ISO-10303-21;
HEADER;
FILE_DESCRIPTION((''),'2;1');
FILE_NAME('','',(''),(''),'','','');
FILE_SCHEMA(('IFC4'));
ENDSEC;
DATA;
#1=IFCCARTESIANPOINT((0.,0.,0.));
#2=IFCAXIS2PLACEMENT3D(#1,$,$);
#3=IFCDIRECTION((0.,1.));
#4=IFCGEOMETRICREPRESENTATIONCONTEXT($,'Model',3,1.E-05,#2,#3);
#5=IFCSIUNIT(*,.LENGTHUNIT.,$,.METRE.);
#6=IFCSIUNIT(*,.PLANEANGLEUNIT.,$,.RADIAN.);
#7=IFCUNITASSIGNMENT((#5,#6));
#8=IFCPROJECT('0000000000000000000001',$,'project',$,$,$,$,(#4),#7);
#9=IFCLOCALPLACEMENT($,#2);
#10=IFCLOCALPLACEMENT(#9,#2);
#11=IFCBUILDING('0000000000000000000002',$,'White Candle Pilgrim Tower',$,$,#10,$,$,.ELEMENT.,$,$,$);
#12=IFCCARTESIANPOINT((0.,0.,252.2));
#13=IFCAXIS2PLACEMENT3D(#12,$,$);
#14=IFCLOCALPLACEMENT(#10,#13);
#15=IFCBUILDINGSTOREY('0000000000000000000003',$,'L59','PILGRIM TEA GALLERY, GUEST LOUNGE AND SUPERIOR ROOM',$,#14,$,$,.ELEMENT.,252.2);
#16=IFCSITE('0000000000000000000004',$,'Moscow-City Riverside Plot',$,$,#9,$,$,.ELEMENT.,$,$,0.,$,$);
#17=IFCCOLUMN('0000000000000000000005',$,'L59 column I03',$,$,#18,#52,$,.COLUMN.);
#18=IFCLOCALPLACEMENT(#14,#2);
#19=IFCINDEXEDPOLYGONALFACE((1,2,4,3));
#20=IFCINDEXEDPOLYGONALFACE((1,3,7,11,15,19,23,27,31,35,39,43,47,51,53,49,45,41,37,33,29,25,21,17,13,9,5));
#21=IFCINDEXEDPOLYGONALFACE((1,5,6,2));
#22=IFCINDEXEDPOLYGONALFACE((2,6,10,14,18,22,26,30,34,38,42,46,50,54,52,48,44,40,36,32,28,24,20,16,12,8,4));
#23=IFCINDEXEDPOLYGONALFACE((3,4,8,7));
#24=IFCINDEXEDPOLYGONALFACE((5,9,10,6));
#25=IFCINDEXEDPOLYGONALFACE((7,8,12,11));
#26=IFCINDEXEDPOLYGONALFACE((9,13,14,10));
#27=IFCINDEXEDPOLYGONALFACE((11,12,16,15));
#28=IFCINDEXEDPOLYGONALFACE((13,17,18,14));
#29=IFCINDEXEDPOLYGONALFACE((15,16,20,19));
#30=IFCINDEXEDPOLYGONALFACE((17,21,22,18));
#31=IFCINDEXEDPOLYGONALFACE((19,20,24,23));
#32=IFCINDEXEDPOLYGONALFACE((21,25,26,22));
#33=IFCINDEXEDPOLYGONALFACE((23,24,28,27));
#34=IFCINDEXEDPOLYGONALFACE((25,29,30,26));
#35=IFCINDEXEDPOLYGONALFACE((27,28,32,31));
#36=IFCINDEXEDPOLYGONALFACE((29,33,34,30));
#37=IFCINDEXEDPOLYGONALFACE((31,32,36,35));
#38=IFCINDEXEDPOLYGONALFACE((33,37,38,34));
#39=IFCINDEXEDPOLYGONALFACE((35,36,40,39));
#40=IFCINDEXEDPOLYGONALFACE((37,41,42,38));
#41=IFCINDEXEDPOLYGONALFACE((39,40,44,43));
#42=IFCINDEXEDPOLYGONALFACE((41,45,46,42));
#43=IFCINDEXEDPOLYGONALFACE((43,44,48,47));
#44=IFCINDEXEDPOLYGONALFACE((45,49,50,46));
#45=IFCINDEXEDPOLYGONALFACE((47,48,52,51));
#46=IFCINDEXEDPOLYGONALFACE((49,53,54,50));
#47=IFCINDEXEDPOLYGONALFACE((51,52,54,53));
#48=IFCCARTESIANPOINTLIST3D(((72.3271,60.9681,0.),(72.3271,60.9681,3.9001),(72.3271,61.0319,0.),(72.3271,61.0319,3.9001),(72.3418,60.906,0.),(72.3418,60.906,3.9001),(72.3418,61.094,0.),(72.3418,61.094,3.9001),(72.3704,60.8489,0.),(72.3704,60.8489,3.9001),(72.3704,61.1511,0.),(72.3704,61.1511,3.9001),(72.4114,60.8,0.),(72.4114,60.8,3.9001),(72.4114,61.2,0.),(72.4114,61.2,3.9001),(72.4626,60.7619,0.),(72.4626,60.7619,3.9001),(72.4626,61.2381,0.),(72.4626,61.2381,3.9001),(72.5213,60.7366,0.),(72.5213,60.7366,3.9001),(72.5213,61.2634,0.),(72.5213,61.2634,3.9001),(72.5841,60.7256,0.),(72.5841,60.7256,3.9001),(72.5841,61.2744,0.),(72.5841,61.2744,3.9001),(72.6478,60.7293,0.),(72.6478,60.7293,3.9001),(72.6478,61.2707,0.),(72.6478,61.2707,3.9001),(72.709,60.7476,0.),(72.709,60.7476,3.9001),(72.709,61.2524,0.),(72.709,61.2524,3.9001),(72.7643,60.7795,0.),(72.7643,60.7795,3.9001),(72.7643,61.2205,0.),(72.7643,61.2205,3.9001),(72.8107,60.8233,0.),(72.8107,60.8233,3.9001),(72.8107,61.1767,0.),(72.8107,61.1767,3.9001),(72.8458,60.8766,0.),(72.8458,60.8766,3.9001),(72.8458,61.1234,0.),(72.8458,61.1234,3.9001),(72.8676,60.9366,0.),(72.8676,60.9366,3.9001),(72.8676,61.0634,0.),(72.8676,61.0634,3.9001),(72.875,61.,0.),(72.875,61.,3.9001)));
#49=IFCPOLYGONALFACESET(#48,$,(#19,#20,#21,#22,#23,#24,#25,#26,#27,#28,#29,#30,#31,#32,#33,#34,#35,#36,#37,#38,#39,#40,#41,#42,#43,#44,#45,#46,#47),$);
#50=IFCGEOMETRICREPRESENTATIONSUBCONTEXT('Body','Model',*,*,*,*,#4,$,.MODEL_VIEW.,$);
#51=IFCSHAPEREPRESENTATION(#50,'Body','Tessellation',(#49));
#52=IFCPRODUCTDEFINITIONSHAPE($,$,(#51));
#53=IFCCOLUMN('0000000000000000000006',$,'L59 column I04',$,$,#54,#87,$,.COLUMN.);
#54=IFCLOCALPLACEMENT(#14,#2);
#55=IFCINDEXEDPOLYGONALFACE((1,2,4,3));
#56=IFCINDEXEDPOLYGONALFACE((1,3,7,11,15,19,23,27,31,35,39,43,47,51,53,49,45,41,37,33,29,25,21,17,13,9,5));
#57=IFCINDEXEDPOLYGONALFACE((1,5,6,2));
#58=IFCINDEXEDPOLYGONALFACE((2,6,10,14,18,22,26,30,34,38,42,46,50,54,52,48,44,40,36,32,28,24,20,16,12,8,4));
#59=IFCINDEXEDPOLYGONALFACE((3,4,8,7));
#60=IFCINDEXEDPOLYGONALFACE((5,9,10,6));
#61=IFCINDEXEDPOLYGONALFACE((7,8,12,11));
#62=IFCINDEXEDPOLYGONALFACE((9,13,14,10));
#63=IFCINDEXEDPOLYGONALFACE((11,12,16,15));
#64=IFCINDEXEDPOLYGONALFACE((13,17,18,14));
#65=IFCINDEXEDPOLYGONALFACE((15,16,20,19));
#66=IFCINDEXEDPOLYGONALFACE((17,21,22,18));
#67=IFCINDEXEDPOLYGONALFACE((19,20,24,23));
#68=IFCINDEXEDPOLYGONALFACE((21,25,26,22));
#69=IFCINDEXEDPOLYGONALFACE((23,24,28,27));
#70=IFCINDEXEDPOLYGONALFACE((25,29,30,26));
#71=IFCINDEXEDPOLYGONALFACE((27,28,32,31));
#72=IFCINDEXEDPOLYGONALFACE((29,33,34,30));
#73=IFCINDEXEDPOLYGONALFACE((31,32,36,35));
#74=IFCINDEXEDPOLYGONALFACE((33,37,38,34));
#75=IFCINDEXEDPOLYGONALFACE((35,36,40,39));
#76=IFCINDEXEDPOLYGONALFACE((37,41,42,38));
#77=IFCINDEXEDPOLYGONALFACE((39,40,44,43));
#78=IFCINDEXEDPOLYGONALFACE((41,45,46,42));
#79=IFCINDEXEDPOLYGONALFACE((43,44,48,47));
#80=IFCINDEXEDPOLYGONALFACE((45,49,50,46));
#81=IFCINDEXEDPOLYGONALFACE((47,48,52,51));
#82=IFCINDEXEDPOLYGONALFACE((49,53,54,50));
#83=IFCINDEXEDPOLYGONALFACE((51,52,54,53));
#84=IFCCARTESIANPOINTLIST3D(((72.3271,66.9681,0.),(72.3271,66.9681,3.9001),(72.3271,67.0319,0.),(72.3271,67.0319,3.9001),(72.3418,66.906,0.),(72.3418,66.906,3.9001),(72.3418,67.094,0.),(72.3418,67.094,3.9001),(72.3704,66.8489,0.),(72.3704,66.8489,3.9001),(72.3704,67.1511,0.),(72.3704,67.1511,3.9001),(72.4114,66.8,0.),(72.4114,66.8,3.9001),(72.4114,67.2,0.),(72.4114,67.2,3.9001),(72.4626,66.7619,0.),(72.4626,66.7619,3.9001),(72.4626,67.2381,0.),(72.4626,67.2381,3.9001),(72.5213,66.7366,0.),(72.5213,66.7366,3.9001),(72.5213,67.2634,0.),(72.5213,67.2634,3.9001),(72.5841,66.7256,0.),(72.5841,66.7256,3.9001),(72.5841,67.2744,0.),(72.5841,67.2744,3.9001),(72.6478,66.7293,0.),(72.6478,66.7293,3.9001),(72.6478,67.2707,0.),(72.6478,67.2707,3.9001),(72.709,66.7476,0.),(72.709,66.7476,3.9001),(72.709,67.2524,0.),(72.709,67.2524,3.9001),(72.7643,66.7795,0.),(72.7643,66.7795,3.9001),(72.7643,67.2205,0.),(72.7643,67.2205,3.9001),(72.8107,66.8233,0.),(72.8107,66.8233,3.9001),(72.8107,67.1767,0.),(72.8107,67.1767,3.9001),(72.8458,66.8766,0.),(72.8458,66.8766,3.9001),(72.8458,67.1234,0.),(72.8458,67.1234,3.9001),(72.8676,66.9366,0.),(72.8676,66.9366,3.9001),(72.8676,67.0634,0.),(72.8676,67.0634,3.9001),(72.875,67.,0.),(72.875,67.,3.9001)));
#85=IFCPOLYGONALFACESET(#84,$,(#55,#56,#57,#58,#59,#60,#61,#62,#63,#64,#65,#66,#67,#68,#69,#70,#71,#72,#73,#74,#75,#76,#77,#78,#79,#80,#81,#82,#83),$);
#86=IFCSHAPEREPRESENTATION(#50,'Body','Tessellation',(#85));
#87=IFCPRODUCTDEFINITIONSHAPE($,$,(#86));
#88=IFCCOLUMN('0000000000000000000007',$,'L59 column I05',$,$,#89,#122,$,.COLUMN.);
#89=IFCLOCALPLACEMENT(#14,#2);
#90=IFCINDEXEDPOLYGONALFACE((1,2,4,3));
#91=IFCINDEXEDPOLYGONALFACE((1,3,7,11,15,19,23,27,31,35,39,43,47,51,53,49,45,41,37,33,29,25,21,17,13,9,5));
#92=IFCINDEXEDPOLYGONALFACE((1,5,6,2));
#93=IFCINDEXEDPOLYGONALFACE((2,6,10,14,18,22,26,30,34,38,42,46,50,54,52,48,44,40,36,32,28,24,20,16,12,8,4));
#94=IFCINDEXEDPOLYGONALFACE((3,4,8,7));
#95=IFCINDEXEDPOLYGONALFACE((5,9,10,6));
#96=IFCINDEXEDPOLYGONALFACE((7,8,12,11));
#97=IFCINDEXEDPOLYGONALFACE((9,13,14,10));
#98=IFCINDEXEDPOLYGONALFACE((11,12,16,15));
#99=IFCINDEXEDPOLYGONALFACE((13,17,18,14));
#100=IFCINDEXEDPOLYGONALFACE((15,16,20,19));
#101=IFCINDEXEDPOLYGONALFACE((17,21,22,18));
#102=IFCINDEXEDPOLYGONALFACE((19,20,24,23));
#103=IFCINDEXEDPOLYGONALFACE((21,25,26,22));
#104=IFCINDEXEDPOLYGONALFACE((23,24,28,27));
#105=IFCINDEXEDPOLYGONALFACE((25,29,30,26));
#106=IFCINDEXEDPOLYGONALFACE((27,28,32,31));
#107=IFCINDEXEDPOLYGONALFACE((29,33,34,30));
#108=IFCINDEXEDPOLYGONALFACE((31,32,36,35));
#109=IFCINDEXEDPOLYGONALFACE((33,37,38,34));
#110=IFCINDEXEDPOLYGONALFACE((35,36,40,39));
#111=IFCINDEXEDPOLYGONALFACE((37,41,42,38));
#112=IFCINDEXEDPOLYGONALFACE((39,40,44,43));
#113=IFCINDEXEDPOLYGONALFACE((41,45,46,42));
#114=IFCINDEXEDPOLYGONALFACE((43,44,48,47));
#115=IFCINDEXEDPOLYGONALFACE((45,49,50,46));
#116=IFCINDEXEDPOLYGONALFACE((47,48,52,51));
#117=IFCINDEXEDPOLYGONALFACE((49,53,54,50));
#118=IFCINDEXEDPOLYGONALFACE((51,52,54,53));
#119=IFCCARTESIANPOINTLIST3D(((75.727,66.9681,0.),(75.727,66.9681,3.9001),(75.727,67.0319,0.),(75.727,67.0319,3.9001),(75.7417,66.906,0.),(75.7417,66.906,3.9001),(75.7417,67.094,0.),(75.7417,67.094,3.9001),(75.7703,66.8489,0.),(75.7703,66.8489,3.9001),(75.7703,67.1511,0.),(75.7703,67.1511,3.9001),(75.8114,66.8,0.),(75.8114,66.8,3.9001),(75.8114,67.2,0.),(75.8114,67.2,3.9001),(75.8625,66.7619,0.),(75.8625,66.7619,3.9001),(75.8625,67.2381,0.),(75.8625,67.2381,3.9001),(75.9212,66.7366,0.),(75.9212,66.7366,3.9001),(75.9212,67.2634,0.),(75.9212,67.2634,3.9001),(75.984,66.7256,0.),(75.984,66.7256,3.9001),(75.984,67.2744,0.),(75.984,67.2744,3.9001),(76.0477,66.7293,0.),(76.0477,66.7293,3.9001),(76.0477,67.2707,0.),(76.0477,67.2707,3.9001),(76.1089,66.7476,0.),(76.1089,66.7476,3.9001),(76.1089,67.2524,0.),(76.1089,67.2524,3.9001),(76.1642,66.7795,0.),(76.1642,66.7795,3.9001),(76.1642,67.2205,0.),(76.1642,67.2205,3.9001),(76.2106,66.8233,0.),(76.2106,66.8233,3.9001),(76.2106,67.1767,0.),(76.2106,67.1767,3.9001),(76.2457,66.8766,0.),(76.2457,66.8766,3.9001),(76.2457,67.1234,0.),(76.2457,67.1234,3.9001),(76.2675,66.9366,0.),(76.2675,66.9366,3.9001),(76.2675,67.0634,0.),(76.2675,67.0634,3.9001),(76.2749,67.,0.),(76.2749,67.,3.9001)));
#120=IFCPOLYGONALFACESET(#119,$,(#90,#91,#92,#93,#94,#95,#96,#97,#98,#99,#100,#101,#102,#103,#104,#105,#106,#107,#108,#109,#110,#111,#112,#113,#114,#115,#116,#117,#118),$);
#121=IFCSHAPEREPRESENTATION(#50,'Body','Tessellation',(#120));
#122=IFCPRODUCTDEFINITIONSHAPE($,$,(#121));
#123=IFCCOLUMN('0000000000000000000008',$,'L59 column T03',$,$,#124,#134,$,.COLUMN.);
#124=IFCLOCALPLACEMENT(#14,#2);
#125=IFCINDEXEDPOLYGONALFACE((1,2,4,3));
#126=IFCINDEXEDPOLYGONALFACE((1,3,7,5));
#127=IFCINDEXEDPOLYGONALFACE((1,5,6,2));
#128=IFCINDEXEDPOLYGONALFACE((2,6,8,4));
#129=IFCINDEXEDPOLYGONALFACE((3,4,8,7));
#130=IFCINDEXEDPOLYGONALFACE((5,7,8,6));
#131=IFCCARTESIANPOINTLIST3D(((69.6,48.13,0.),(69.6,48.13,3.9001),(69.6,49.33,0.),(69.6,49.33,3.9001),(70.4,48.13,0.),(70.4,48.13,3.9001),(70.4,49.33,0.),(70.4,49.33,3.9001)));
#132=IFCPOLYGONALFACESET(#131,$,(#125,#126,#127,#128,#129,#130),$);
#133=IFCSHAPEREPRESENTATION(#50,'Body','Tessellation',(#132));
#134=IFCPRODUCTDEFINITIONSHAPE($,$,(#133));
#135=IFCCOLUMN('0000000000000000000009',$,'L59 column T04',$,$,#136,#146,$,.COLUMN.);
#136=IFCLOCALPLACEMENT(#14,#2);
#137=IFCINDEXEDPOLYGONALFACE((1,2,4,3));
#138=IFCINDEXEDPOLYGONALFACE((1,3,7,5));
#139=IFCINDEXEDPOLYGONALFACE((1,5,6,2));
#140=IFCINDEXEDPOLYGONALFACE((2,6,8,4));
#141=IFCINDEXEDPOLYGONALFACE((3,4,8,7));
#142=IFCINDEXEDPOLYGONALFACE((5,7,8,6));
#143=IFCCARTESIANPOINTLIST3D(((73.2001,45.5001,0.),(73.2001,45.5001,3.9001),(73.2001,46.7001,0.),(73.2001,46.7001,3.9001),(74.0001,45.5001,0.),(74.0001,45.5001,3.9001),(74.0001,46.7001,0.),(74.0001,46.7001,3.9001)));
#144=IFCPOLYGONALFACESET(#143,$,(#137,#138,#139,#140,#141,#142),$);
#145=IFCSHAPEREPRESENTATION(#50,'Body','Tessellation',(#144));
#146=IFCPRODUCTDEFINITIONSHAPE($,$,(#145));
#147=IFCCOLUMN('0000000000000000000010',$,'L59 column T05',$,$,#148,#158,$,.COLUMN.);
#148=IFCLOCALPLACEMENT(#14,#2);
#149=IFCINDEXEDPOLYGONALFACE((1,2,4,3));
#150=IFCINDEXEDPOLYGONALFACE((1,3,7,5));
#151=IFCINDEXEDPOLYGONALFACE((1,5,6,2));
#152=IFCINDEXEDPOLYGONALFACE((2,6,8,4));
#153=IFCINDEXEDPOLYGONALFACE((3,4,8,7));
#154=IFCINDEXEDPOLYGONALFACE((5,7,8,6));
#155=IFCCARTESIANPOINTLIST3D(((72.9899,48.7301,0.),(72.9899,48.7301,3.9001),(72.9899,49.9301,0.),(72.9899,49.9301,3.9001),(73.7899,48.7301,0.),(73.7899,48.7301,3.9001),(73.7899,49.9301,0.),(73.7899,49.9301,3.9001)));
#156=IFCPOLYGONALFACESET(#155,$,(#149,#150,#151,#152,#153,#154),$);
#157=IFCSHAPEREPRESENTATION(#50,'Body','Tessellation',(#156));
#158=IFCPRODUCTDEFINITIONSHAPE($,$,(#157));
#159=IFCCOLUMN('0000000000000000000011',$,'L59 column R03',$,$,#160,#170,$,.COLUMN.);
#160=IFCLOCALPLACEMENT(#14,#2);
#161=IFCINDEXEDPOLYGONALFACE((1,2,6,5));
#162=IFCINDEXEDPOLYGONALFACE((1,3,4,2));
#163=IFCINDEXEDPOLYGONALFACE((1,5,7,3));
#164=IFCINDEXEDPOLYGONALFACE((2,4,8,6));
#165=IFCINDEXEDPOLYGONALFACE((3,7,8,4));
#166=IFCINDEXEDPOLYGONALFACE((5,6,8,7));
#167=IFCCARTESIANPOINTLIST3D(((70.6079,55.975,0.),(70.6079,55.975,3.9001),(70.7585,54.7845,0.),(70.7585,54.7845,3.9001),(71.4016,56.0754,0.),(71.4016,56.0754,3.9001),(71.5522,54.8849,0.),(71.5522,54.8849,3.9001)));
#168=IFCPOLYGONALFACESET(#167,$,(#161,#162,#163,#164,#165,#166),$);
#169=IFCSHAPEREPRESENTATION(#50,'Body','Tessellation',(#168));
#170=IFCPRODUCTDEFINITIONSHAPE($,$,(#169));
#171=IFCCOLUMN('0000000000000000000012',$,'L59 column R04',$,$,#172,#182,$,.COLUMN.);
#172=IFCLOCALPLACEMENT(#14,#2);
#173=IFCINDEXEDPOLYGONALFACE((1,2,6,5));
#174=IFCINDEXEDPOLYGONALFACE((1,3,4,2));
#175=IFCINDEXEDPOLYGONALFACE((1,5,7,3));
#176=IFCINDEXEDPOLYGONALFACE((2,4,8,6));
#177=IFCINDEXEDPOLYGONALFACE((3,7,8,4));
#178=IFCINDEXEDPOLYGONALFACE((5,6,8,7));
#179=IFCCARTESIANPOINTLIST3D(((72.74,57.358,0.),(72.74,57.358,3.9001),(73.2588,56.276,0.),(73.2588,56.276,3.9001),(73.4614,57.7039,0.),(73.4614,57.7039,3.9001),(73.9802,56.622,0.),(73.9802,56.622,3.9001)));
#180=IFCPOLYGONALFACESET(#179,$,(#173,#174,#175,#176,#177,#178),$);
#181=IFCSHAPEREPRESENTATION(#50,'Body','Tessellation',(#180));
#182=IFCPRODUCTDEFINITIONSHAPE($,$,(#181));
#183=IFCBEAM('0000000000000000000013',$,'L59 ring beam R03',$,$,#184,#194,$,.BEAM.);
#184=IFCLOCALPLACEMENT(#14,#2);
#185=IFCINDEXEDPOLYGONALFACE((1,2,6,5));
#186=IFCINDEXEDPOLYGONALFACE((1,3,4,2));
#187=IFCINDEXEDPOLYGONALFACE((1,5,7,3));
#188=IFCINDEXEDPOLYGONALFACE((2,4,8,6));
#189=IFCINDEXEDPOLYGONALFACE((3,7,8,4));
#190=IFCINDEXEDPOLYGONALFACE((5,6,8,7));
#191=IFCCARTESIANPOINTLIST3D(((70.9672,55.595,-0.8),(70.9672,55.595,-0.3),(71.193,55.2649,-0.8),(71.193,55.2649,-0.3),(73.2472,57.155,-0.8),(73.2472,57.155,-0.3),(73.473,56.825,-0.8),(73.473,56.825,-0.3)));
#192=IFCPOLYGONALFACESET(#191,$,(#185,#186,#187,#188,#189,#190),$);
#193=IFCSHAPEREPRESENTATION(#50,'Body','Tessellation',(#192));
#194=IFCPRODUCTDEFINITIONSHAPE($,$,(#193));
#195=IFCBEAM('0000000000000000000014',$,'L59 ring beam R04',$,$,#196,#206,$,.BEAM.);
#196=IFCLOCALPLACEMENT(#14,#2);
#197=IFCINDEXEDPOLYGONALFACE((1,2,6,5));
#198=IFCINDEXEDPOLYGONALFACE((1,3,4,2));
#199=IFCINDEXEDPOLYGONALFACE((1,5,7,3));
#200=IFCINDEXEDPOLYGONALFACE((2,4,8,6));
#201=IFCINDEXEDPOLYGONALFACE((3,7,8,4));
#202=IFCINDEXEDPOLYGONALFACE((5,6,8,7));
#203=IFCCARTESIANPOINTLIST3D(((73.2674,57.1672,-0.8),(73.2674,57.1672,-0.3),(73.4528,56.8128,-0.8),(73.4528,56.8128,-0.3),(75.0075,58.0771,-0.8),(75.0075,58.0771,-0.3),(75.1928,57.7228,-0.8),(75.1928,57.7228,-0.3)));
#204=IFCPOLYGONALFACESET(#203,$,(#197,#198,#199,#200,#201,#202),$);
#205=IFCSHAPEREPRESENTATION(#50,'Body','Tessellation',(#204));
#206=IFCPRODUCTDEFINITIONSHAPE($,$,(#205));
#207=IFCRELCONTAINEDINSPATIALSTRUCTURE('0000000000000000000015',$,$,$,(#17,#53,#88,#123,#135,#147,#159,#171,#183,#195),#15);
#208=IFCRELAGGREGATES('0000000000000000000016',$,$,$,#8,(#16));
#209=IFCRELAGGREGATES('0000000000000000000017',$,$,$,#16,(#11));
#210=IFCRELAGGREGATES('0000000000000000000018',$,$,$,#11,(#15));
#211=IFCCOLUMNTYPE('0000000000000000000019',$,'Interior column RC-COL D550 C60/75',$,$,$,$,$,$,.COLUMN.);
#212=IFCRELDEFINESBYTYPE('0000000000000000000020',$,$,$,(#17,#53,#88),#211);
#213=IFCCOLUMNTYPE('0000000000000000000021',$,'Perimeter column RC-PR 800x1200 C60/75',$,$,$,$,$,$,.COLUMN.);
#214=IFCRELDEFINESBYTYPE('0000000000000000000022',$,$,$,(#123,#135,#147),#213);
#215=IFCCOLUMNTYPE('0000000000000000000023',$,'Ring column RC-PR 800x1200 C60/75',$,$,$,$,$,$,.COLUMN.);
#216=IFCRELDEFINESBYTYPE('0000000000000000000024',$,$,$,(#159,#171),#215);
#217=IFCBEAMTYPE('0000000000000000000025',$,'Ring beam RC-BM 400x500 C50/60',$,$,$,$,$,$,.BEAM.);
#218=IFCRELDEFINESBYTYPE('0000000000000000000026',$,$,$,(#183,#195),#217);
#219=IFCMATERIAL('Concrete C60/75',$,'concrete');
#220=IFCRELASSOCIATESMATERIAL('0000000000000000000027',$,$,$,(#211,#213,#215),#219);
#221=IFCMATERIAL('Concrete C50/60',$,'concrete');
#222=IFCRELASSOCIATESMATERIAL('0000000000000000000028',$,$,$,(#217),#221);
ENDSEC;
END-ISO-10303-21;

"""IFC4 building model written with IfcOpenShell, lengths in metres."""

from ifc_helpers import new_model, si_unit, direction, frame, origin, origin_2d, place, context, subcontext, project, spatial, rectangle, circle, extrude, material, material_profile, profile_set, type_object, element, save


model = new_model("IFC4")

# Units and contexts
model_context = context("Model", 3, precision=1e-05, world=origin(), true_north=direction((0.0, 1.0)))
body_context = subcontext(model_context, "Body", "Model", "MODEL_VIEW")
ifc_project = project(units=[si_unit("LENGTHUNIT", "METRE"), si_unit("PLANEANGLEUNIT", "RADIAN")], contexts=[model_context])

# Site, building, storey
site_placement = place(None, origin())
site = spatial("IfcSite", under=ifc_project, at=site_placement, Name="Moscow-City Riverside Plot", CompositionType="ELEMENT", RefElevation=0.0)
building_placement = place(site_placement, origin())
building = spatial("IfcBuilding", under=site, at=building_placement, Name="White Candle Pilgrim Tower", CompositionType="ELEMENT")
storey_placement = place(building_placement, frame((0.0, 0.0, 252.2)))
storey = spatial("IfcBuildingStorey", under=building, at=storey_placement, Name="L59", Description="PILGRIM TEA GALLERY, GUEST LOUNGE AND SUPERIOR ROOM", CompositionType="ELEMENT", Elevation=252.2)

# Columns
ifc_material_1 = material(Name="Concrete C60/75", Category="concrete")
ifc_material_profile_1 = material_profile(ifc_material_1, circle(Radius=0.2749, at=origin_2d()), Name="RC-COL D550")
ifc_profile_set_1 = profile_set([ifc_material_profile_1], Name="Concrete C60/75")
column_type_1 = type_object("IfcColumnType", Name="Interior column RC-COL D550 C60/75", PredefinedType="COLUMN", material=ifc_profile_set_1)
for number, where, z_axis, x_axis, name in (
    (1, (72.6001, 61.0, 0.0), (0.0, 0.0, 1.0), (1.0, 0.0, 0.0), "L59 column I03"),
    (2, (72.6001, 67.0, 0.0), (0.0, 0.0, 1.0), (1.0, 0.0, 0.0), "L59 column I04"),
    (3, (76.0, 67.0, 0.0), (0.0, 0.0, 1.0), (1.0, 0.0, 0.0), "L59 column I05"),
):
    element("IfcColumn", number, at=place(storey_placement, frame(where, z_axis=z_axis, x_axis=x_axis)), inside=storey, type_object=column_type_1, Name=name, PredefinedType="COLUMN", context=body_context, shape_type="SweptSolid", body=[
        extrude(circle(Radius=0.2749, at=origin_2d()), origin(), (0.0, 0.0, 1.0), 3.9001),
    ])
ifc_material_profile_2 = material_profile(ifc_material_1, rectangle(XDim=0.8, YDim=1.2, at=origin_2d()), Name="RC-PR 800x1200")
ifc_profile_set_2 = profile_set([ifc_material_profile_2], Name="Concrete C60/75")
column_type_2 = type_object("IfcColumnType", Name="Perimeter column RC-PR 800x1200 C60/75", PredefinedType="COLUMN", material=ifc_profile_set_2)
for number, where, z_axis, x_axis, name in (
    (4, (70.0, 48.73, 0.0), (0.0, 0.0, 1.0), (-1.0, 0.0, 0.0), "L59 column T03"),
    (5, (73.6001, 46.1001, 0.0), (0.0, 0.0, 1.0), (-1.0, 0.0, 0.0), "L59 column T04"),
    (6, (73.3899, 49.3301, 0.0), (0.0, 0.0, 1.0), (-1.0, 0.0, 0.0), "L59 column T05"),
):
    element("IfcColumn", number, at=place(storey_placement, frame(where, z_axis=z_axis, x_axis=x_axis)), inside=storey, type_object=column_type_2, Name=name, PredefinedType="COLUMN", context=body_context, shape_type="SweptSolid", body=[
        extrude(rectangle(XDim=0.8, YDim=1.2, at=origin_2d()), origin(), (0.0, 0.0, 1.0), 3.9001),
    ])
ifc_material_profile_3 = material_profile(ifc_material_1, rectangle(XDim=0.8, YDim=1.2, at=origin_2d()), Name="RC-PR 800x1200")
ifc_profile_set_3 = profile_set([ifc_material_profile_3], Name="Concrete C60/75")
column_type_3 = type_object("IfcColumnType", Name="Ring column RC-PR 800x1200 C60/75", PredefinedType="COLUMN", material=ifc_profile_set_3)
for number, where, z_axis, x_axis, name in (
    (7, (71.0801, 55.4299, 0.0), (0.0, 0.0, 1.0), (-0.992093, -0.125506, 0.0), "L59 column R03"),
    (8, (73.3601, 56.99, 0.0), (0.0, 0.0, 1.0), (-0.901689, -0.432385, 0.0), "L59 column R04"),
):
    element("IfcColumn", number, at=place(storey_placement, frame(where, z_axis=z_axis, x_axis=x_axis)), inside=storey, type_object=column_type_3, Name=name, PredefinedType="COLUMN", context=body_context, shape_type="SweptSolid", body=[
        extrude(rectangle(XDim=0.8, YDim=1.2, at=origin_2d()), origin(), (0.0, 0.0, 1.0), 3.9001),
    ])

# Beams
ifc_material_2 = material(Name="Concrete C50/60", Category="concrete")
ifc_material_profile_4 = material_profile(ifc_material_2, rectangle(XDim=0.3999, YDim=0.5, at=origin_2d()), Name="RC-BM 400x500")
ifc_profile_set_4 = profile_set([ifc_material_profile_4], Name="Concrete C50/60")
beam_type_1 = type_object("IfcBeamType", Name="Ring beam RC-BM 400x500 C50/60", PredefinedType="BEAM", material=ifc_profile_set_4)
beam_1_placement = place(storey_placement, frame((71.0801, 55.4299, -0.55), z_axis=(0.825301, 0.564693, 0.0), x_axis=(-0.564693, 0.825301, 0.0)))
element("IfcBeam", 9, at=beam_1_placement, inside=storey, type_object=beam_type_1, Name="L59 ring beam R03", PredefinedType="BEAM", context=body_context, shape_type="SweptSolid", body=[
    extrude(rectangle(XDim=0.3999, YDim=0.5, at=origin_2d()), origin(), (0.0, 0.0, 1.0), 2.7627),
])
beam_2_placement = place(storey_placement, frame((73.3601, 56.99, -0.55), z_axis=(0.886148, 0.463403, 0.0), x_axis=(-0.463403, 0.886148, 0.0)))
element("IfcBeam", 10, at=beam_2_placement, inside=storey, type_object=beam_type_1, Name="L59 ring beam R04", PredefinedType="BEAM", context=body_context, shape_type="SweptSolid", body=[
    extrude(rectangle(XDim=0.3999, YDim=0.5, at=origin_2d()), origin(), (0.0, 0.0, 1.0), 1.9636),
])

save(model, "model.ifc")
